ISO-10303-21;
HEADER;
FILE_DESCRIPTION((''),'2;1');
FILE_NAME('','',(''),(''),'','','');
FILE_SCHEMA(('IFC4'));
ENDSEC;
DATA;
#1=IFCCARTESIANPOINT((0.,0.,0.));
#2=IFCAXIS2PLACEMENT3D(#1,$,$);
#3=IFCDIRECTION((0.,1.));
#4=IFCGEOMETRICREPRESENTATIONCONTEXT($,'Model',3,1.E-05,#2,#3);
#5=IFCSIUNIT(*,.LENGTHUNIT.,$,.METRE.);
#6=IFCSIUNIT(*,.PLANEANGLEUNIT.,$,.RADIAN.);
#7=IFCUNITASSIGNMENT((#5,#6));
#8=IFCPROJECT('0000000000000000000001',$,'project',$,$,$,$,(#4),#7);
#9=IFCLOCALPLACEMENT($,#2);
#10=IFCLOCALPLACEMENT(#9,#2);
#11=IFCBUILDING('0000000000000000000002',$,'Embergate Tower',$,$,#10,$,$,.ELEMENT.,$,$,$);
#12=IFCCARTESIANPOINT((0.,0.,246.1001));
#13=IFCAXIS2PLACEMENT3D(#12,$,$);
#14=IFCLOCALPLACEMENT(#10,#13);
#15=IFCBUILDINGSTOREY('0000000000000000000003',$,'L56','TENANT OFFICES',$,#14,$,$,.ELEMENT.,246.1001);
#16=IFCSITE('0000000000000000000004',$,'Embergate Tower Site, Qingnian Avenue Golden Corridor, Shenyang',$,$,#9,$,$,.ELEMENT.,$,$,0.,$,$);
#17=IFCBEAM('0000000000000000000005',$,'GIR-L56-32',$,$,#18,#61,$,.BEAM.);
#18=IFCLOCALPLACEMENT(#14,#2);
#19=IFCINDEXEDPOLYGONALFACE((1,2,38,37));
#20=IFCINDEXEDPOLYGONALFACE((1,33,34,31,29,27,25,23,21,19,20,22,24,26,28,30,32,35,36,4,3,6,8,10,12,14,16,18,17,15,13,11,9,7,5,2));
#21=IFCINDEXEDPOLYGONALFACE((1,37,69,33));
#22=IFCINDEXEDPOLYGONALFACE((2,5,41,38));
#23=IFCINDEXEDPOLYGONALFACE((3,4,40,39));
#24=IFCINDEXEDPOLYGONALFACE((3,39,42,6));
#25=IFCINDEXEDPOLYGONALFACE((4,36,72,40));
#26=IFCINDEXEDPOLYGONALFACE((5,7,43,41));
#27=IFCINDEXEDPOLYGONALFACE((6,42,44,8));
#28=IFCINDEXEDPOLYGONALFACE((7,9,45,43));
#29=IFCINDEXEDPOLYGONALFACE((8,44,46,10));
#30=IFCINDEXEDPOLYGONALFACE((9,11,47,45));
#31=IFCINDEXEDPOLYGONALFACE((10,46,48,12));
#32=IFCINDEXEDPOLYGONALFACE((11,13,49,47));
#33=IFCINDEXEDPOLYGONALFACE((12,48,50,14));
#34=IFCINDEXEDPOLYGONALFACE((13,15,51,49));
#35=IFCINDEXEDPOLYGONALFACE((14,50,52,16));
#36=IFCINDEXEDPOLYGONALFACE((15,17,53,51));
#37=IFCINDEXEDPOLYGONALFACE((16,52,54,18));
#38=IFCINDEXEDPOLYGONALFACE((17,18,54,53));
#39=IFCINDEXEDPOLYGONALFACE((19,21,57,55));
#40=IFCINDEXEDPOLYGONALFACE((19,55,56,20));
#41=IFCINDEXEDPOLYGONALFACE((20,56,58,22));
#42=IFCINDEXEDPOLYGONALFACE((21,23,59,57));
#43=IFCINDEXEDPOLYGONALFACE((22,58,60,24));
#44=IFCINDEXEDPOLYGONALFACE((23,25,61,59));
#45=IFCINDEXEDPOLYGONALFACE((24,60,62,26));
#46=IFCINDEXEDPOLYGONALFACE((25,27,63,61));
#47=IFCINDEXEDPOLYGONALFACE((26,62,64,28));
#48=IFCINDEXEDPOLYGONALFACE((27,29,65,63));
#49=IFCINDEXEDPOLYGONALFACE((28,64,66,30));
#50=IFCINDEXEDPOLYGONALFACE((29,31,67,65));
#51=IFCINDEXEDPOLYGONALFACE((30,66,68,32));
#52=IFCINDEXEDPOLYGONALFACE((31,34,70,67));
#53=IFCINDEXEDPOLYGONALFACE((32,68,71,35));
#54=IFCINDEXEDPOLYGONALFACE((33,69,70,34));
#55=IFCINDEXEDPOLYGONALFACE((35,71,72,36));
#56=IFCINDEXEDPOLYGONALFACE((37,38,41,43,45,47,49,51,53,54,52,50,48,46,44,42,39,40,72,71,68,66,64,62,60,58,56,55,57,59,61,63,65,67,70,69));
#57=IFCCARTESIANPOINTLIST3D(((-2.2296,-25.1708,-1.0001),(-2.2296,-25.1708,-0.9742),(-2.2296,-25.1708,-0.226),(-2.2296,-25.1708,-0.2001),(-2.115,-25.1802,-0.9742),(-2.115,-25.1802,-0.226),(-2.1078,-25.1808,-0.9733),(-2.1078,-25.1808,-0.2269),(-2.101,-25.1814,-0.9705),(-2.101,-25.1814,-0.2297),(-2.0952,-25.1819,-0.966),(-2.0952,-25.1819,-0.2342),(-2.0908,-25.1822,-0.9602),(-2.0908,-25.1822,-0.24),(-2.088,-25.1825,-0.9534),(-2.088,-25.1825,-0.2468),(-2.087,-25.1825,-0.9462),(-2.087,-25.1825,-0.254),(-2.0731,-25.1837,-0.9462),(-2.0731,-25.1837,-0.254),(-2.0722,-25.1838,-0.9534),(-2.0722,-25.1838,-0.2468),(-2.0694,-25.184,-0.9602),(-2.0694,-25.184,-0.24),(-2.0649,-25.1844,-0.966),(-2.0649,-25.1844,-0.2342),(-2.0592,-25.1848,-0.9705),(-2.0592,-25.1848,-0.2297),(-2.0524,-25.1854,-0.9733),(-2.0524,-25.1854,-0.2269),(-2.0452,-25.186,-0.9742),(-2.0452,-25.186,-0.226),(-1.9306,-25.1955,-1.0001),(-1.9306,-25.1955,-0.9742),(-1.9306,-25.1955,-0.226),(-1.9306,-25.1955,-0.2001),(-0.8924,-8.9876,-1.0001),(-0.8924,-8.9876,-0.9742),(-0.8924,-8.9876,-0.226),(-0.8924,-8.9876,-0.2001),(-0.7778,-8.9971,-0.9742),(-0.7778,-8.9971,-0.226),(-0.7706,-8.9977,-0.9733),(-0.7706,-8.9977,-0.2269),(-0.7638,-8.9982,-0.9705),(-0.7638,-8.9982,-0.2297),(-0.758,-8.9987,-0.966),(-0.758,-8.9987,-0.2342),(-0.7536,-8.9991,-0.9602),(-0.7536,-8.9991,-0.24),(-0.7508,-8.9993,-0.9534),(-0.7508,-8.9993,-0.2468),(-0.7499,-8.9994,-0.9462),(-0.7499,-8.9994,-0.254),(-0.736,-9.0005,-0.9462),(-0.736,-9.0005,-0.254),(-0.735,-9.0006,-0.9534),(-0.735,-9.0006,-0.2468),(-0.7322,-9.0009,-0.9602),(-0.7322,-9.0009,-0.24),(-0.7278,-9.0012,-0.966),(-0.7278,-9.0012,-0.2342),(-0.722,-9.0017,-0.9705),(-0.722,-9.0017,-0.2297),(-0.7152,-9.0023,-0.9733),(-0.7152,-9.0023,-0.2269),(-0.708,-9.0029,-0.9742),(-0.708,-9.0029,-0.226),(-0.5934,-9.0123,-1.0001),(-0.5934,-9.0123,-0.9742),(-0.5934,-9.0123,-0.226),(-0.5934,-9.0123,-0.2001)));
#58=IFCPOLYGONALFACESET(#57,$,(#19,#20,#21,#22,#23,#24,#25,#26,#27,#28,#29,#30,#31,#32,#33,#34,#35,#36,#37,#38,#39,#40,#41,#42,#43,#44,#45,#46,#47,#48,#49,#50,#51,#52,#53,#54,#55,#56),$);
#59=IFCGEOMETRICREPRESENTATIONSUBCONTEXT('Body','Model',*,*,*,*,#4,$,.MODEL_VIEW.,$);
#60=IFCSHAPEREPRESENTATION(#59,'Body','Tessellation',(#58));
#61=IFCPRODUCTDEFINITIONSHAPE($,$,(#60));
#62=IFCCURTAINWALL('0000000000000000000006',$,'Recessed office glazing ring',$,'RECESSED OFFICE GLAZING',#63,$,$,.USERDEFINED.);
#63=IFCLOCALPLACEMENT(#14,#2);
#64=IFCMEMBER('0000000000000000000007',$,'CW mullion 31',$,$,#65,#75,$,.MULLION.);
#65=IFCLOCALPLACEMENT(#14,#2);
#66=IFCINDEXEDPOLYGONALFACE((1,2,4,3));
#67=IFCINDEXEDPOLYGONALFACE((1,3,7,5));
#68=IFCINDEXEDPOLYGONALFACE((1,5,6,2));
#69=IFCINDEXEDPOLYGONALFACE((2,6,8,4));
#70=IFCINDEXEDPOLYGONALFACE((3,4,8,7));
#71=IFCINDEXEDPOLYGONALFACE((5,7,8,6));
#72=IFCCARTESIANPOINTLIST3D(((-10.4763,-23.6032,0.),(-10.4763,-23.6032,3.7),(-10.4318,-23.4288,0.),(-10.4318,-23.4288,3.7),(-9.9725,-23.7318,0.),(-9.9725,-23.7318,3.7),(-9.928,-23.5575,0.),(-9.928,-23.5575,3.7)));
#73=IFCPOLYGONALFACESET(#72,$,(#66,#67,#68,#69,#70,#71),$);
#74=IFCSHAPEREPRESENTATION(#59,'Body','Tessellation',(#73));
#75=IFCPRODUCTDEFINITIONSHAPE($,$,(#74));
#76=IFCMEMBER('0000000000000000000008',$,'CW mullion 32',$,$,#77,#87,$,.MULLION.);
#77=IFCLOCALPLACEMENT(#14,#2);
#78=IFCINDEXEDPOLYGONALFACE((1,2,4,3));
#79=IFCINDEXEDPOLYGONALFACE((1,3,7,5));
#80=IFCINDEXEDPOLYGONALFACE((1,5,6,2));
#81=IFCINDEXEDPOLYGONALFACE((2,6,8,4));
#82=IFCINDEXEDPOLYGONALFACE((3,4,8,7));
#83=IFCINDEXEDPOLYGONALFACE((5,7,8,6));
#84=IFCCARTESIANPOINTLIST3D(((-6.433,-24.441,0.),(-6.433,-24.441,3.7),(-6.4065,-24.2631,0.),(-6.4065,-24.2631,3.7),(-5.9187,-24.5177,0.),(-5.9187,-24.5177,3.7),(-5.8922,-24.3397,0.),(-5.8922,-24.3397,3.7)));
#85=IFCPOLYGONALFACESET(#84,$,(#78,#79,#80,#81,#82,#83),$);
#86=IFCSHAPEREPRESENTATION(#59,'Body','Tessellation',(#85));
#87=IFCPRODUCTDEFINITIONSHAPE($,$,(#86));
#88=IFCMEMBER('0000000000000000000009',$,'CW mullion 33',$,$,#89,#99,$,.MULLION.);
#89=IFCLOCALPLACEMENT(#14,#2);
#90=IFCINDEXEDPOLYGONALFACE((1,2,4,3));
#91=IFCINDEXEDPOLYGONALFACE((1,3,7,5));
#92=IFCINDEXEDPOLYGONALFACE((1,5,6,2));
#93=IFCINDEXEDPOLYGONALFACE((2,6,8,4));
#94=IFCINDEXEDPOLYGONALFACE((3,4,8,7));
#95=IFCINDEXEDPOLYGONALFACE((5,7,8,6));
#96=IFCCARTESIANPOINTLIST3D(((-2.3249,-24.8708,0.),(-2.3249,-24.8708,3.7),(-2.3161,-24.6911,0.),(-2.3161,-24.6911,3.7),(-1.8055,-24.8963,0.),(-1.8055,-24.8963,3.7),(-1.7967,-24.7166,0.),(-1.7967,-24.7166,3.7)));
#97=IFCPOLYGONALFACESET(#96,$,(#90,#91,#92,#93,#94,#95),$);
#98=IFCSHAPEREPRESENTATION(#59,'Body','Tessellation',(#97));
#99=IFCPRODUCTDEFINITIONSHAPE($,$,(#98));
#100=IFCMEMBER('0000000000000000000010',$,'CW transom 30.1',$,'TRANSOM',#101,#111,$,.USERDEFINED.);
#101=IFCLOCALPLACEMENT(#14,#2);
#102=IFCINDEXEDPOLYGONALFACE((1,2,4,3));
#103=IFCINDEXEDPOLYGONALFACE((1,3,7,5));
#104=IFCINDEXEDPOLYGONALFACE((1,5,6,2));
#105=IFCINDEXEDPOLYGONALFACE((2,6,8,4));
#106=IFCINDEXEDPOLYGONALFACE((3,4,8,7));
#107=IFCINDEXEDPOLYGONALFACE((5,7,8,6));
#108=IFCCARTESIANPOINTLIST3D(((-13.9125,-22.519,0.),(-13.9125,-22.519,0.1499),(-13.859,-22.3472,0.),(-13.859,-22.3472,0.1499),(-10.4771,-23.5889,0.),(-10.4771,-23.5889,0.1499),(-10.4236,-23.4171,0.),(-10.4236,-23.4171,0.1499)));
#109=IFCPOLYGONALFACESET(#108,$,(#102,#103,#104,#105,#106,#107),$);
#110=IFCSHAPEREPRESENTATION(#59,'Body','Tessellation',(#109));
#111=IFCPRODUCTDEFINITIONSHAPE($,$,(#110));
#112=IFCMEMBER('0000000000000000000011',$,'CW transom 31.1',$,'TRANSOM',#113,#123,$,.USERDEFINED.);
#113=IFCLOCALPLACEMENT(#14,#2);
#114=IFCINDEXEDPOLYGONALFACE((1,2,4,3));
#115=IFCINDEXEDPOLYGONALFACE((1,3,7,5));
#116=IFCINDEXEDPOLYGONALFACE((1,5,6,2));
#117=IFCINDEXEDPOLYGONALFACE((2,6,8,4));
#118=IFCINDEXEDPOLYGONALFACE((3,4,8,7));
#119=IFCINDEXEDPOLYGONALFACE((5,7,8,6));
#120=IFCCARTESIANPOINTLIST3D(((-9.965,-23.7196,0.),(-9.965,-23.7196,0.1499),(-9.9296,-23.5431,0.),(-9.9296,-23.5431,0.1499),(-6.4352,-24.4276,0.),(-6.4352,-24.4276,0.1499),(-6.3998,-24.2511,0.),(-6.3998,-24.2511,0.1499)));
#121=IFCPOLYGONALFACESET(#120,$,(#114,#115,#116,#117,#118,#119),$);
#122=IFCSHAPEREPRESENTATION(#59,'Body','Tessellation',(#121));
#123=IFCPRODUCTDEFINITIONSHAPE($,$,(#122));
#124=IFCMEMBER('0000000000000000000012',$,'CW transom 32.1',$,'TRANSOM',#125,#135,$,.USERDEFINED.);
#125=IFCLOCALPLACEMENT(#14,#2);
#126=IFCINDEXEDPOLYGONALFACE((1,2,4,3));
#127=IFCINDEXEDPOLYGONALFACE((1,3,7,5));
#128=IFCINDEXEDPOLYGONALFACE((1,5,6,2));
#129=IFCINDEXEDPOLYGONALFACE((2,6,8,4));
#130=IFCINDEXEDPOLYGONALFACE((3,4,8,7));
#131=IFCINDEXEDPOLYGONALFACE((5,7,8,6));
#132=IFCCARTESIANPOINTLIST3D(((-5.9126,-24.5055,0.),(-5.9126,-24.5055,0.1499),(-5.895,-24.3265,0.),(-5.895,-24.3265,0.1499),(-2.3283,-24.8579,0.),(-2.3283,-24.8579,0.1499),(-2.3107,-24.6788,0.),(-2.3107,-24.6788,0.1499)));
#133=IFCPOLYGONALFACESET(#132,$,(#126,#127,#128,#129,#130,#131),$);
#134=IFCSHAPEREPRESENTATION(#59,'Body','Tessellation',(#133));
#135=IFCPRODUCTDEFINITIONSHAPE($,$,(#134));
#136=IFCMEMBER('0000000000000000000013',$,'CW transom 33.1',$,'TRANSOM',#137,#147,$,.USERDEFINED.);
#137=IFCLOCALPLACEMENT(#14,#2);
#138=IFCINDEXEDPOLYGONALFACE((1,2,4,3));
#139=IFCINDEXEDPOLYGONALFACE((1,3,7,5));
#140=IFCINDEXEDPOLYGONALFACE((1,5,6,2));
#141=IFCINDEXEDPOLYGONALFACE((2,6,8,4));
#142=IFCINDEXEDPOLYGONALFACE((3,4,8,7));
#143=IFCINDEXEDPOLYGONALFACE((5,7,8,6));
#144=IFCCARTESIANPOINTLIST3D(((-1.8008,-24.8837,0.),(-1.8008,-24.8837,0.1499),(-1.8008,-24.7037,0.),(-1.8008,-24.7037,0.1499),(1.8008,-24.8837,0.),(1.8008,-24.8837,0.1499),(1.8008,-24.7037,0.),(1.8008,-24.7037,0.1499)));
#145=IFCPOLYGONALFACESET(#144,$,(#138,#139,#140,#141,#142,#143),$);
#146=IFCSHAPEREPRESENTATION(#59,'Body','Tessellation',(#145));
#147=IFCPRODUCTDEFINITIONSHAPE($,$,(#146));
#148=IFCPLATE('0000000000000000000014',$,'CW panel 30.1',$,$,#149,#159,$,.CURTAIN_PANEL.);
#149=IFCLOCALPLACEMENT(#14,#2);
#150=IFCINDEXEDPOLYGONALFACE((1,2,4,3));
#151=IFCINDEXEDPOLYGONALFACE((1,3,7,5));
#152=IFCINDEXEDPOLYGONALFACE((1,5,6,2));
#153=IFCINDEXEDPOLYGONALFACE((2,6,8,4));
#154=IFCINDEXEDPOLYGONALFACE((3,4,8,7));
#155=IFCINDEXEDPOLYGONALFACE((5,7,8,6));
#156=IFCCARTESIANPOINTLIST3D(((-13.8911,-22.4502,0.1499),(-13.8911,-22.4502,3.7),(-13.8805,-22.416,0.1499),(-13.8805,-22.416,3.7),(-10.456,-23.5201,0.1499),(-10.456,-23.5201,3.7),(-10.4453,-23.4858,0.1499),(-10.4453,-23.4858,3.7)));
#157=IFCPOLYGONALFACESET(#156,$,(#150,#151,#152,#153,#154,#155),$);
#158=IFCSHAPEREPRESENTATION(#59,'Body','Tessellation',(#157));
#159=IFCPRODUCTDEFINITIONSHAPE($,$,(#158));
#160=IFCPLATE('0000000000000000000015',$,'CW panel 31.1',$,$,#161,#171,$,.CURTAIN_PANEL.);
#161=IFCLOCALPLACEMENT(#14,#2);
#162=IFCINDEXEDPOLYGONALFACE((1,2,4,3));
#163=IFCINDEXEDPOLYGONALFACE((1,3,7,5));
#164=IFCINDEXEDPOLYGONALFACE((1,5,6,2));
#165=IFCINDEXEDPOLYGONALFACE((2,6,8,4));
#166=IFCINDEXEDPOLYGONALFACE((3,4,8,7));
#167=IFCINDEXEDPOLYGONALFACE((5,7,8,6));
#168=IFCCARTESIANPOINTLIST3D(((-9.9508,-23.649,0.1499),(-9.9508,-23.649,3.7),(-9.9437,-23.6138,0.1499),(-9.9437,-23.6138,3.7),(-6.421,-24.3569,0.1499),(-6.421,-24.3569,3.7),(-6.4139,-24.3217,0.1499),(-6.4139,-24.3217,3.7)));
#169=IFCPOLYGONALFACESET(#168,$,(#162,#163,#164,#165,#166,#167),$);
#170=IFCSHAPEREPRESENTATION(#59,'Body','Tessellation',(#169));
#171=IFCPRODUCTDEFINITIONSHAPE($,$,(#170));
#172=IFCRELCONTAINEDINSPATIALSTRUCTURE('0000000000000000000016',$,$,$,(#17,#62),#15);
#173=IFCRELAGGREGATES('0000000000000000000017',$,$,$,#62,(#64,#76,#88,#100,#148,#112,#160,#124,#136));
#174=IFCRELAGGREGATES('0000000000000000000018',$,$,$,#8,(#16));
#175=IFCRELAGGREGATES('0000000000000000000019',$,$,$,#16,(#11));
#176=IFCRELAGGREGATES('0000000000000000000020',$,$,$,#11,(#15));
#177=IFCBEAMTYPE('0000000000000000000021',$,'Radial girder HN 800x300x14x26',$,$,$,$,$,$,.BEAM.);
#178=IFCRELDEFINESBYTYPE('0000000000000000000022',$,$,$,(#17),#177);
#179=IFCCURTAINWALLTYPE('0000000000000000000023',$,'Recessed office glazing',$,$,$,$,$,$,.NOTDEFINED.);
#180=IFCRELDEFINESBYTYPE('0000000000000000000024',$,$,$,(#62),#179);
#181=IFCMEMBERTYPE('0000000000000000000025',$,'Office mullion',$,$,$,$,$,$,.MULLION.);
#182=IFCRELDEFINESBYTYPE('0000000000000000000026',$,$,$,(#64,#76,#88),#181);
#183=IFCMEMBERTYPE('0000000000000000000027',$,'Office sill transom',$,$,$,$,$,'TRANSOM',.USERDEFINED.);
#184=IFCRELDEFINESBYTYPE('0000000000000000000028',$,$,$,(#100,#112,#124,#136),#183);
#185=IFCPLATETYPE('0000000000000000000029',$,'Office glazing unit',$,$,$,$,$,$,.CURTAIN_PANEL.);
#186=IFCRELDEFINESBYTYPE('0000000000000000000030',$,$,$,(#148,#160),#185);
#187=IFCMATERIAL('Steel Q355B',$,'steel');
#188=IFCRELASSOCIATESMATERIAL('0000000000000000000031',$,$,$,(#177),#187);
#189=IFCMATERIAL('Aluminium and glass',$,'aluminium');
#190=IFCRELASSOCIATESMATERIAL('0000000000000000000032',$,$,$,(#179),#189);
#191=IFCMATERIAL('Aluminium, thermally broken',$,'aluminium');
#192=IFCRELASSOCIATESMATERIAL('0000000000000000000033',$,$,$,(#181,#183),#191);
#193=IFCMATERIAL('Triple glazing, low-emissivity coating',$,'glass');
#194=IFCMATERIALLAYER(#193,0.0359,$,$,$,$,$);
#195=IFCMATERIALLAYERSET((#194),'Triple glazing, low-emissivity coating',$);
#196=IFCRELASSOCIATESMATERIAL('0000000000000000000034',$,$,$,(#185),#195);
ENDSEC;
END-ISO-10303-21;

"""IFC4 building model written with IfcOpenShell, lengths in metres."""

from ifc_helpers import new_model, si_unit, direction, frame, origin, origin_2d, place, context, subcontext, project, spatial, rectangle, i_section, extrude, source, transform, mapped, material, layer, layer_set, material_profile, profile_set, type_object, element, aggregate, save


model = new_model("IFC4")

# Units and contexts
model_context = context("Model", 3, precision=1e-05, world=origin(), true_north=direction((0.0, 1.0)))
body_context = subcontext(model_context, "Body", "Model", "MODEL_VIEW")
ifc_project = project(units=[si_unit("LENGTHUNIT", "METRE"), si_unit("PLANEANGLEUNIT", "RADIAN")], contexts=[model_context])

# Site, building, storey
site_placement = place(None, origin())
site = spatial("IfcSite", under=ifc_project, at=site_placement, Name="Embergate Tower Site, Qingnian Avenue Golden Corridor, Shenyang", CompositionType="ELEMENT", RefElevation=0.0)
building_placement = place(site_placement, origin())
building = spatial("IfcBuilding", under=site, at=building_placement, Name="Embergate Tower", CompositionType="ELEMENT")
storey_placement = place(building_placement, frame((0.0, 0.0, 246.1001)))
storey = spatial("IfcBuildingStorey", under=building, at=storey_placement, Name="L56", Description="TENANT OFFICES", CompositionType="ELEMENT", Elevation=246.1001)

# Beam
ifc_material_1 = material(Name="Steel Q355B", Category="steel")
ifc_material_profile_1 = material_profile(ifc_material_1, i_section(OverallWidth=0.3, OverallDepth=0.8, WebThickness=0.0139, FlangeThickness=0.0259, FilletRadius=0.0281, at=origin_2d()), Name="HN 800x300x14x26")
ifc_profile_set_1 = profile_set([ifc_material_profile_1], Name="Steel Q355 grade B")
beam_type_1 = type_object("IfcBeamType", Name="Radial girder HN 800x300x14x26", PredefinedType="BEAM", material=ifc_profile_set_1)
shared_shape_1 = source(origin(), body_context, "Body", "SweptSolid", [
    extrude(i_section(OverallWidth=0.3, OverallDepth=0.8, WebThickness=0.0139, FlangeThickness=0.0259, FilletRadius=0.0281, at=origin_2d()), origin(), (0.0, 0.0, 1.0), 16.2383),
])
beam_1_placement = place(storey_placement, frame((-2.0801, -25.1831, -0.6001), z_axis=(0.082346, 0.996604, 0.0), x_axis=(-0.996604, 0.082346, 0.0)))
element("IfcBeam", 1, at=beam_1_placement, inside=storey, type_object=beam_type_1, Name="GIR-L56-32", PredefinedType="BEAM", context=body_context, shape_type="MappedRepresentation", body=[
    mapped(shared_shape_1, transform((0.0, 0.0, 0.0))),
])

# Curtain wall, members, plates
ifc_material_2 = material(Name="Aluminium and glass", Category="aluminium")
curtain_wall_type = type_object("IfcCurtainWallType", Name="Recessed office glazing", PredefinedType="NOTDEFINED", material=ifc_material_2)
curtain_wall_placement = place(storey_placement, origin())
curtain_wall = element("IfcCurtainWall", 2, at=curtain_wall_placement, inside=storey, type_object=curtain_wall_type, Name="Recessed office glazing ring", ObjectType="RECESSED OFFICE GLAZING", PredefinedType="USERDEFINED")
ifc_material_3 = material(Name="Aluminium, thermally broken", Category="aluminium")
ifc_material_profile_2 = material_profile(ifc_material_3, rectangle(XDim=0.1799, YDim=0.52, at=origin_2d()), Name="AL 520x180")
ifc_profile_set_2 = profile_set([ifc_material_profile_2], Name="Aluminium, thermally broken")
member_type_1 = type_object("IfcMemberType", Name="Office mullion", PredefinedType="MULLION", material=ifc_profile_set_2)
shared_shape_2 = source(origin(), body_context, "Body", "SweptSolid", [
    extrude(rectangle(XDim=0.1799, YDim=0.52, at=origin_2d()), origin(), (0.0, 0.0, 1.0), 3.7),
])
member_1_placement = place(storey_placement, frame((-10.2021, -23.5803, 0.0), z_axis=(0.0, 0.0, 1.0), x_axis=(0.247312, 0.968936, 0.0)))
member_1 = element("IfcMember", 3, at=member_1_placement, type_object=member_type_1, Name="CW mullion 31", PredefinedType="MULLION", context=body_context, shape_type="MappedRepresentation", body=[
    mapped(shared_shape_2, transform((0.0, 0.0, 0.0))),
])
member_2_placement = place(storey_placement, frame((-6.1626, -24.3904, 0.0), z_axis=(0.0, 0.0, 1.0), x_axis=(0.147412, 0.989075, 0.0)))
member_2 = element("IfcMember", 4, at=member_2_placement, type_object=member_type_1, Name="CW mullion 32", PredefinedType="MULLION", context=body_context, shape_type="MappedRepresentation", body=[
    mapped(shared_shape_2, transform((0.0, 0.0, 0.0))),
])
member_3_placement = place(storey_placement, frame((-2.0608, -24.7937, 0.0), z_axis=(0.0, 0.0, 1.0), x_axis=(0.048972, 0.9988, 0.0)))
member_3 = element("IfcMember", 5, at=member_3_placement, type_object=member_type_1, Name="CW mullion 33", PredefinedType="MULLION", context=body_context, shape_type="MappedRepresentation", body=[
    mapped(shared_shape_2, transform((0.0, 0.0, 0.0))),
])
ifc_material_profile_3 = material_profile(ifc_material_3, rectangle(XDim=0.1799, YDim=0.1499, at=origin_2d()), Name="AL 150x180")
ifc_profile_set_3 = profile_set([ifc_material_profile_3], Name="Aluminium, thermally broken")
member_type_2 = type_object("IfcMemberType", Name="Office sill transom", ElementType="TRANSOM", PredefinedType="USERDEFINED", material=ifc_profile_set_3)
shared_shape_3 = source(origin(), body_context, "Body", "SweptSolid", [
    extrude(rectangle(XDim=0.1799, YDim=0.1499, at=origin_2d()), origin(), (0.0, 0.0, 1.0), 3.5981),
])
member_4_placement = place(storey_placement, frame((-13.8857, -22.4331, 0.075), z_axis=(0.954773, -0.297336, 0.0), x_axis=(0.297336, 0.954773, 0.0)))
member_4 = element("IfcMember", 6, at=member_4_placement, type_object=member_type_2, Name="CW transom 30.1", ObjectType="TRANSOM", PredefinedType="USERDEFINED", context=body_context, shape_type="MappedRepresentation", body=[
    mapped(shared_shape_3, transform((0.0, 0.0, 0.0))),
])
shared_shape_4 = source(origin(), body_context, "Body", "SweptSolid", [
    extrude(rectangle(XDim=0.1799, YDim=0.1499, at=origin_2d()), origin(), (0.0, 0.0, 1.0), 3.6001),
])
member_5_placement = place(storey_placement, frame((-9.9473, -23.6313, 0.075), z_axis=(0.980471, -0.196664, 0.0), x_axis=(0.196664, 0.980471, 0.0)))
member_5 = element("IfcMember", 7, at=member_5_placement, type_object=member_type_2, Name="CW transom 31.1", ObjectType="TRANSOM", PredefinedType="USERDEFINED", context=body_context, shape_type="MappedRepresentation", body=[
    mapped(shared_shape_4, transform((0.0, 0.0, 0.0))),
])
shared_shape_5 = source(origin(), body_context, "Body", "SweptSolid", [
    extrude(rectangle(XDim=0.1799, YDim=0.1499, at=origin_2d()), origin(), (0.0, 0.0, 1.0), 3.6016),
])
member_6_placement = place(storey_placement, frame((-5.9038, -24.416, 0.075), z_axis=(0.995204, -0.097819, 0.0), x_axis=(0.097819, 0.995204, 0.0)))
member_6 = element("IfcMember", 8, at=member_6_placement, type_object=member_type_2, Name="CW transom 32.1", ObjectType="TRANSOM", PredefinedType="USERDEFINED", context=body_context, shape_type="MappedRepresentation", body=[
    mapped(shared_shape_5, transform((0.0, 0.0, 0.0))),
])
member_7_placement = place(storey_placement, frame((-1.8008, -24.7937, 0.075), z_axis=(1.0, 0.0, 0.0), x_axis=(0.0, 1.0, 0.0)))
member_7 = element("IfcMember", 9, at=member_7_placement, type_object=member_type_2, Name="CW transom 33.1", ObjectType="TRANSOM", PredefinedType="USERDEFINED", context=body_context, shape_type="MappedRepresentation", body=[
    mapped(shared_shape_5, transform((0.0, 0.0, 0.0))),
])
ifc_material_4 = material(Name="Triple glazing, low-emissivity coating", Category="glass")
ifc_layer_1 = layer(ifc_material_4, 0.0359)
ifc_layer_set_1 = layer_set([ifc_layer_1], Name="Triple glazing, low-emissivity coating")
plate_type = type_object("IfcPlateType", Name="Office glazing unit", PredefinedType="CURTAIN_PANEL", material=ifc_layer_set_1)
shared_shape_6 = source(origin(), body_context, "Body", "SweptSolid", [
    extrude(rectangle(XDim=3.5979, YDim=0.0359, at=origin_2d()), origin(), (0.0, 0.0, 1.0), 3.55),
])
plate_1_placement = place(storey_placement, frame((-12.1682, -22.968, 0.1499), z_axis=(0.0, 0.0, 1.0), x_axis=(0.954771, -0.297342, 0.0)))
plate_1 = element("IfcPlate", 10, at=plate_1_placement, type_object=plate_type, Name="CW panel 30.1", PredefinedType="CURTAIN_PANEL", context=body_context, shape_type="MappedRepresentation", body=[
    mapped(shared_shape_6, transform((0.0, 0.0, 0.0))),
])
shared_shape_7 = source(origin(), body_context, "Body", "SweptSolid", [
    extrude(rectangle(XDim=3.6001, YDim=0.0359, at=origin_2d()), origin(), (0.0, 0.0, 1.0), 3.55),
])
plate_2_placement = place(storey_placement, frame((-8.1824, -23.9854, 0.1499), z_axis=(0.0, 0.0, 1.0), x_axis=(0.980476, -0.196641, 0.0)))
plate_2 = element("IfcPlate", 11, at=plate_2_placement, type_object=plate_type, Name="CW panel 31.1", PredefinedType="CURTAIN_PANEL", context=body_context, shape_type="MappedRepresentation", body=[
    mapped(shared_shape_7, transform((0.0, 0.0, 0.0))),
])
aggregate(curtain_wall, [member_1, member_2, member_3, member_4, plate_1, member_5, plate_2, member_6, member_7])

save(model, "model.ifc")
